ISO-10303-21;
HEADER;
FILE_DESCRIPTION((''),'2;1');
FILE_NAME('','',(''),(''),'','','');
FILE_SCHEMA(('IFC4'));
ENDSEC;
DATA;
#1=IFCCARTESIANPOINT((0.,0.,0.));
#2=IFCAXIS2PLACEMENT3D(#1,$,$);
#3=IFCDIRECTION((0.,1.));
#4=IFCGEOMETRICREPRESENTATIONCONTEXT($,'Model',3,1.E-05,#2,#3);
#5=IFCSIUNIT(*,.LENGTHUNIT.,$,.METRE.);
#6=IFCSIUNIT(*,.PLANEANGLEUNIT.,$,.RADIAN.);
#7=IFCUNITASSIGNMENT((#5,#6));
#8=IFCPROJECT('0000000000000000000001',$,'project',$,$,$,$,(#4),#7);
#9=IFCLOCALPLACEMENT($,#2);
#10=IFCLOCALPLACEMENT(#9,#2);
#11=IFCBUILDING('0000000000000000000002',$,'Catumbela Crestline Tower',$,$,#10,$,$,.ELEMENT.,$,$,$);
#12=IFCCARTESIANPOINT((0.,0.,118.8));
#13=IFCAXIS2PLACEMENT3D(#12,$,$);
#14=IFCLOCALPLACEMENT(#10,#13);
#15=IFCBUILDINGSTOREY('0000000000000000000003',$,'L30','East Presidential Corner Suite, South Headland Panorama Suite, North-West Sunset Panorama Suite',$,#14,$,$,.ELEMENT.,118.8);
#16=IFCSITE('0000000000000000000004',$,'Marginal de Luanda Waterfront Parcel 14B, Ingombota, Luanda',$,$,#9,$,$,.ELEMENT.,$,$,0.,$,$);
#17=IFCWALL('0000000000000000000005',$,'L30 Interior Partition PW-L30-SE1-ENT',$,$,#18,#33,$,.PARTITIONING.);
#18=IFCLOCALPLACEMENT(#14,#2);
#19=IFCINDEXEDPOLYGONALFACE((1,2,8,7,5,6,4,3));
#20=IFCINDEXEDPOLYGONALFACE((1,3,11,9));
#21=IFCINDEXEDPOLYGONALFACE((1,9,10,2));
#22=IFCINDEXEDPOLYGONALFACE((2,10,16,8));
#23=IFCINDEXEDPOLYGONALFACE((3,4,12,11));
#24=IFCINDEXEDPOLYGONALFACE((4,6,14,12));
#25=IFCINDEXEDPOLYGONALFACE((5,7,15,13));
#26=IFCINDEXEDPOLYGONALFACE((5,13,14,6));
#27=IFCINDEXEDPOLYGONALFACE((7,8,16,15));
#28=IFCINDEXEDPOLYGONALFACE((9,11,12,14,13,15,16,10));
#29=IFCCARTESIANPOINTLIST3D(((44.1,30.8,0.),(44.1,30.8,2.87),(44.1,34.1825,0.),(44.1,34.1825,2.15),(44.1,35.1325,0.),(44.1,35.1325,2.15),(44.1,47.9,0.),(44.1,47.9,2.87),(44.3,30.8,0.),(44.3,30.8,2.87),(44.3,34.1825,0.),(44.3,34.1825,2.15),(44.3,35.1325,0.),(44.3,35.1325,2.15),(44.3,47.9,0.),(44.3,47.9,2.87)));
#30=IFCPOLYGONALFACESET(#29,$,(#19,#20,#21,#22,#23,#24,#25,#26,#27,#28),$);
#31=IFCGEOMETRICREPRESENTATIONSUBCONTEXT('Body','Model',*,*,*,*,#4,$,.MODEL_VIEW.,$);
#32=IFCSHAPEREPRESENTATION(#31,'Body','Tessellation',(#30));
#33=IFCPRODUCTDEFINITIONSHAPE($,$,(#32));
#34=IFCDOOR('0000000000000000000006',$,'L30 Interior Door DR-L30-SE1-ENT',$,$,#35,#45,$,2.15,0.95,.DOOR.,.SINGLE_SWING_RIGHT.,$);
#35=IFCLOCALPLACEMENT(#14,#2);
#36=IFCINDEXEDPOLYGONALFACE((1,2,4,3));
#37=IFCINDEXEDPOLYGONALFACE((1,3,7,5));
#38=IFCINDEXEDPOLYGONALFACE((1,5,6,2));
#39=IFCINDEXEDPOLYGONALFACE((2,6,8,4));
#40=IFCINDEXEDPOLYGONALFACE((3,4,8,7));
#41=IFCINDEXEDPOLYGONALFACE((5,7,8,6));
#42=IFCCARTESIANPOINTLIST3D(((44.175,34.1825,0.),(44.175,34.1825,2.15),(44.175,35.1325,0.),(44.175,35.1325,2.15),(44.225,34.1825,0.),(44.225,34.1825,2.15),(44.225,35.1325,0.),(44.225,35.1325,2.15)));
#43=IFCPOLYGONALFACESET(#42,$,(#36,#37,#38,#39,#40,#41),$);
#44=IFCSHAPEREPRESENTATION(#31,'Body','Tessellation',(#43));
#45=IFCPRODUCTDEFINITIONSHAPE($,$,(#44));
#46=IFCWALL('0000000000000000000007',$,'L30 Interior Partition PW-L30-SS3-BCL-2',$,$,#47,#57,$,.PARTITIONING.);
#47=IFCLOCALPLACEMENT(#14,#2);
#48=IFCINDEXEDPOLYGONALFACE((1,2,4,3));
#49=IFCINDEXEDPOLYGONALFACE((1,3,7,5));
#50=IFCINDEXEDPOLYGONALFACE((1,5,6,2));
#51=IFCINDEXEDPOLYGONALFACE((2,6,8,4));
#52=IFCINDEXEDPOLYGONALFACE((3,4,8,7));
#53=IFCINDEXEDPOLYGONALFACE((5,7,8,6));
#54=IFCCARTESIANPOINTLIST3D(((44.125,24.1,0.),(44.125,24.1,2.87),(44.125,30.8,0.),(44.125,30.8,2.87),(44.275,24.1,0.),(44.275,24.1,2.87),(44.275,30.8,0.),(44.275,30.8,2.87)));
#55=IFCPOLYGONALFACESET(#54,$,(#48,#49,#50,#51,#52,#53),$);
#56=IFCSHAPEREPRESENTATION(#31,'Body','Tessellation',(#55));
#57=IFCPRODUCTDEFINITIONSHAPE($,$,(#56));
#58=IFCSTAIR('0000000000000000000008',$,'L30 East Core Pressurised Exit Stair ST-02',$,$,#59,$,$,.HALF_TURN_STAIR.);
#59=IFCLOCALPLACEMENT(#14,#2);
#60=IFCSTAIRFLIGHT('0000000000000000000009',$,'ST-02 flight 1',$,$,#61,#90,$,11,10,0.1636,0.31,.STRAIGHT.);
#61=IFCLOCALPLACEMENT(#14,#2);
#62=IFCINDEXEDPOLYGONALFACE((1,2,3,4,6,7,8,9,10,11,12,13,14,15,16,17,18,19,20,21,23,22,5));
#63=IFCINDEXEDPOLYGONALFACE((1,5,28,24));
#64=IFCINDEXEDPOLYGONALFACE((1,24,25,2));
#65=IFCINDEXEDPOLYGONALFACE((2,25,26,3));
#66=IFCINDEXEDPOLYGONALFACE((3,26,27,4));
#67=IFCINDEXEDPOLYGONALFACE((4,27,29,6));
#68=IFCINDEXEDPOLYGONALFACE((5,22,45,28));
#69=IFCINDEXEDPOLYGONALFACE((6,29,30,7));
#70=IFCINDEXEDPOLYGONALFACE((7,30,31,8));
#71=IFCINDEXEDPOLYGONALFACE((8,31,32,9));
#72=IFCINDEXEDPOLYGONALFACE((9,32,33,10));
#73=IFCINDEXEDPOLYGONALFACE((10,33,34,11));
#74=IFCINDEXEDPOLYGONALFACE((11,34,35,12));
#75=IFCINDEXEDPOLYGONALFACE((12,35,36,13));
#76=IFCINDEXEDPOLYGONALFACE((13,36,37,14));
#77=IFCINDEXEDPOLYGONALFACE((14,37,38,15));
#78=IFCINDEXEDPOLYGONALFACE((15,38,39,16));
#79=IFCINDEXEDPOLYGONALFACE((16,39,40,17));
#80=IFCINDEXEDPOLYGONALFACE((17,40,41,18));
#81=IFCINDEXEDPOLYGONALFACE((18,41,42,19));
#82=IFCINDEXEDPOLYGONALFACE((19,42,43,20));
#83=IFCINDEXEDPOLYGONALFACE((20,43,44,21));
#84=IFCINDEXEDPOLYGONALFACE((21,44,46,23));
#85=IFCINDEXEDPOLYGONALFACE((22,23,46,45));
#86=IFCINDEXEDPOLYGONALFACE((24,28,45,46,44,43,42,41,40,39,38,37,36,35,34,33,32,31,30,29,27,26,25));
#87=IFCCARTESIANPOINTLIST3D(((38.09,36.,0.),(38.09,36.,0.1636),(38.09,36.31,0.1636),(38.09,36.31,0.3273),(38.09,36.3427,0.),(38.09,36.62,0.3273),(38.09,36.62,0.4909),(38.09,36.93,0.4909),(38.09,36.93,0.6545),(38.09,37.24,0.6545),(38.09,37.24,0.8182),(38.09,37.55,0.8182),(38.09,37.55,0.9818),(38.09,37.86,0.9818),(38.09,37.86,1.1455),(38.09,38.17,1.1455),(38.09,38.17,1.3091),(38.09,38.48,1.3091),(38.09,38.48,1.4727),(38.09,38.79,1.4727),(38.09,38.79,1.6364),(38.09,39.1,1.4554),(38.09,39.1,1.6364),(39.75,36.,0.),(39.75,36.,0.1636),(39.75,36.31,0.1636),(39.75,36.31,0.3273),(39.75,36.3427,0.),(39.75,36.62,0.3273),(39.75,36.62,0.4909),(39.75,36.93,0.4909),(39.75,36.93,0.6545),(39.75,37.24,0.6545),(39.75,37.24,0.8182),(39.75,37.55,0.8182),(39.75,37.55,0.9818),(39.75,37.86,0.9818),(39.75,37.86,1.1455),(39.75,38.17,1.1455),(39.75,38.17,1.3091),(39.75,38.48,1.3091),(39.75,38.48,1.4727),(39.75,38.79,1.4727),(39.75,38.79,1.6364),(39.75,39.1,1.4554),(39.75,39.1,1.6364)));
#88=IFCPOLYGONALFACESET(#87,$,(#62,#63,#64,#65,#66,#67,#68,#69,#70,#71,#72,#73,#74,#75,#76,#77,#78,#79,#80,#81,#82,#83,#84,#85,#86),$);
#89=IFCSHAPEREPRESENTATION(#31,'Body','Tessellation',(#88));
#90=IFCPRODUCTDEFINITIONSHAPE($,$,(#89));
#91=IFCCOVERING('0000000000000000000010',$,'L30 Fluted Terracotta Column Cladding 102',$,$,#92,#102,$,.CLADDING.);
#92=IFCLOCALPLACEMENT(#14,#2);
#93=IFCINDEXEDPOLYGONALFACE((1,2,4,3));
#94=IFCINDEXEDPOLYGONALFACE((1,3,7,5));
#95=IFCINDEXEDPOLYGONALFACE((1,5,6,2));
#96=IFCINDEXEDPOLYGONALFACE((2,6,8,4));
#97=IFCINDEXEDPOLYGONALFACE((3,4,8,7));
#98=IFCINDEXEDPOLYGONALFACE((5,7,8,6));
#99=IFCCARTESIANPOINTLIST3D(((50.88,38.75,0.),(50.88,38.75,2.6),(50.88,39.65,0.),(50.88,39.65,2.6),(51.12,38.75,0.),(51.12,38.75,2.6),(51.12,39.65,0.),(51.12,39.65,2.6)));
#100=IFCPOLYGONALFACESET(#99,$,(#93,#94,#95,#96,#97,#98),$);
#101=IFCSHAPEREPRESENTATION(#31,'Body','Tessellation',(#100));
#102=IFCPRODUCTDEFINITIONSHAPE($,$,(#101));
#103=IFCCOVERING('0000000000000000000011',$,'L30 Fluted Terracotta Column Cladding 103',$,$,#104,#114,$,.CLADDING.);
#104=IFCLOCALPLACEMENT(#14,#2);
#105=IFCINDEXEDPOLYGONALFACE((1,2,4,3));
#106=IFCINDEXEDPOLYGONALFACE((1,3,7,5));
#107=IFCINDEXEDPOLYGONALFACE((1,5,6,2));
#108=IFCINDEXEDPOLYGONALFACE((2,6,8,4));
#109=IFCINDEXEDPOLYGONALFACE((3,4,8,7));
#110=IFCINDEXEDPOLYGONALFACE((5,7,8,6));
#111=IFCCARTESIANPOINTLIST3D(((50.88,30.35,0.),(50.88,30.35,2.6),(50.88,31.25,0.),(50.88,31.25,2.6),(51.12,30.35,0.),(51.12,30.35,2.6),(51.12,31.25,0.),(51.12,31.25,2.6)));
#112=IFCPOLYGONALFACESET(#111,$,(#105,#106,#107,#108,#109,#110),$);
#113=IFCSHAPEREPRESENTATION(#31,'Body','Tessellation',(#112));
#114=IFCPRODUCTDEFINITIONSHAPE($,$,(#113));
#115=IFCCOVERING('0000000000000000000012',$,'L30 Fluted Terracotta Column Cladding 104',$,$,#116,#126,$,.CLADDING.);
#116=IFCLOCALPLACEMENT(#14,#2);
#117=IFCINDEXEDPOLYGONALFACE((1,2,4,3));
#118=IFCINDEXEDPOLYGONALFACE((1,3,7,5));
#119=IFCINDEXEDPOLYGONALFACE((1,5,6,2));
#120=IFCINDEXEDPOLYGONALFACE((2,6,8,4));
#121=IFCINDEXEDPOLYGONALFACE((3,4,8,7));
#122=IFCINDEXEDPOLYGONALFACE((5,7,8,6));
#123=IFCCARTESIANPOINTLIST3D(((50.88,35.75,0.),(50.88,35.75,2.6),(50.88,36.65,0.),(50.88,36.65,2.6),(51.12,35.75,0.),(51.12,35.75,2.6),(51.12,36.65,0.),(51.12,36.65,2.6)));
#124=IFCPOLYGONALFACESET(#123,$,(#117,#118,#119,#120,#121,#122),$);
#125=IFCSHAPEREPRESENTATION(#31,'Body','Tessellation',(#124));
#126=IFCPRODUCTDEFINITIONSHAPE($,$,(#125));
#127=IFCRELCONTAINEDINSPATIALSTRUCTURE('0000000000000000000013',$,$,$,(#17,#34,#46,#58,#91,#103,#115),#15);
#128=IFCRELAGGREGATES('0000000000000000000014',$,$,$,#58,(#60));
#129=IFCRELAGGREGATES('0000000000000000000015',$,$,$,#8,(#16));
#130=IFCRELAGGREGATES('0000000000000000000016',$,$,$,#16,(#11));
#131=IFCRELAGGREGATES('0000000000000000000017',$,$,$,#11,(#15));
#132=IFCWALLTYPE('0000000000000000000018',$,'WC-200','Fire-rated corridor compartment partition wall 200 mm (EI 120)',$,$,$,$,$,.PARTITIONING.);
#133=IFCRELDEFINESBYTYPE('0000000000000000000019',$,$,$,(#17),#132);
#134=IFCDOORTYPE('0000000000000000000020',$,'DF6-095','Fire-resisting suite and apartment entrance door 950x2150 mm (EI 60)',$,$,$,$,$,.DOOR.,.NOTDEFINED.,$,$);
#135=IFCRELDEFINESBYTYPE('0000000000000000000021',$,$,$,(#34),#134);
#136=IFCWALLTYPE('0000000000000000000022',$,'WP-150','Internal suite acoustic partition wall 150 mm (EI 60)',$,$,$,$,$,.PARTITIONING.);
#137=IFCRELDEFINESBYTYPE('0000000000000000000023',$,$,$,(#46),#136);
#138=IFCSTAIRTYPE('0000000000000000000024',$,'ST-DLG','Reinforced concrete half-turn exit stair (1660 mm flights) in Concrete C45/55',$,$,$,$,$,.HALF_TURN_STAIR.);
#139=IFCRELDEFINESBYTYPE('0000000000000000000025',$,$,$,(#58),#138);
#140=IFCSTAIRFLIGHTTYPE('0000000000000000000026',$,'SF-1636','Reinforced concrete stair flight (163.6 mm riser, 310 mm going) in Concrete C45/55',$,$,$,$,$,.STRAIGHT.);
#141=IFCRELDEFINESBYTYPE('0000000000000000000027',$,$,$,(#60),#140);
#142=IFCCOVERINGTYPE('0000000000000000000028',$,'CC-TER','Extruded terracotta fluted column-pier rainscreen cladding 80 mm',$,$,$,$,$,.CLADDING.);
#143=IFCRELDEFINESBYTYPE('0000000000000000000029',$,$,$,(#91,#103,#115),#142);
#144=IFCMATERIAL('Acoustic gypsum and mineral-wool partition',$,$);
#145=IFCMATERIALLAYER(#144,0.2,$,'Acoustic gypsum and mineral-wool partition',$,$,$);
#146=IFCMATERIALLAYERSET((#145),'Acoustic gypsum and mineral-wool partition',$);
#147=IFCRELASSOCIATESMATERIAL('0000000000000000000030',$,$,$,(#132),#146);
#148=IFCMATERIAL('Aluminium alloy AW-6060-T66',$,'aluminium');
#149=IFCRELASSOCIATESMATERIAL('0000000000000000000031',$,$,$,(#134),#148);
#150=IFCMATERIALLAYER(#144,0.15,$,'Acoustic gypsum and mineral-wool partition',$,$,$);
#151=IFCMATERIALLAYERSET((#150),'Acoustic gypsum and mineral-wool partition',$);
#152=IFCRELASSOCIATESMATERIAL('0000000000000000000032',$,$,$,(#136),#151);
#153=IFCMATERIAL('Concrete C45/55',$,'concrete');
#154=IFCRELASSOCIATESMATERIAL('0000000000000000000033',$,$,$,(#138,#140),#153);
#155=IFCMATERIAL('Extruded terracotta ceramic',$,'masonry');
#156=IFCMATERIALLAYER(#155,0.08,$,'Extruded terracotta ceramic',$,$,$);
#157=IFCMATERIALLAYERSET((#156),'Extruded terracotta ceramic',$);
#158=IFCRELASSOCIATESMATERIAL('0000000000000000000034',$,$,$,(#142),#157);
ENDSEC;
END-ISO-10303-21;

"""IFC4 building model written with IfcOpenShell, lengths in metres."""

from ifc_helpers import new_model, si_unit, direction, frame, frame_2d, origin, origin_2d, place, context, subcontext, project, spatial, polyline, rectangle, outline, extrude, material, layer, layer_set, type_object, element, fill, aggregate, save


model = new_model("IFC4")

# Units and contexts
model_context = context("Model", 3, precision=1e-05, world=origin(), true_north=direction((0.0, 1.0)))
body_context = subcontext(model_context, "Body", "Model", "MODEL_VIEW")
ifc_project = project(units=[si_unit("LENGTHUNIT", "METRE"), si_unit("PLANEANGLEUNIT", "RADIAN")], contexts=[model_context])

# Site, building, storey
site_placement = place(None, origin())
site = spatial("IfcSite", under=ifc_project, at=site_placement, Name="Marginal de Luanda Waterfront Parcel 14B, Ingombota, Luanda", CompositionType="ELEMENT", RefElevation=0.0)
building_placement = place(site_placement, origin())
building = spatial("IfcBuilding", under=site, at=building_placement, Name="Catumbela Crestline Tower", CompositionType="ELEMENT")
storey_placement = place(building_placement, frame((0.0, 0.0, 118.8)))
storey = spatial("IfcBuildingStorey", under=building, at=storey_placement, Name="L30", Description="East Presidential Corner Suite, South Headland Panorama Suite, North-West Sunset Panorama Suite", CompositionType="ELEMENT", Elevation=118.8)

# Shared definitions
ifc_material_1 = material(Name="Aluminium alloy AW-6060-T66", Category="aluminium")

# Wall, opening, door
ifc_material_2 = material(Name="Acoustic gypsum and mineral-wool partition")
ifc_layer_1 = layer(ifc_material_2, 0.2, Name="Acoustic gypsum and mineral-wool partition")
ifc_layer_set_1 = layer_set([ifc_layer_1], Name="Acoustic gypsum and mineral-wool partition")
wall_type_1 = type_object("IfcWallType", Name="WC-200", Description="Fire-rated corridor compartment partition wall 200 mm (EI 120)", PredefinedType="PARTITIONING", material=ifc_layer_set_1)
wall_1_placement = place(storey_placement, frame((44.2, 30.8, 0.0), z_axis=(0.0, 0.0, 1.0), x_axis=(0.0, 1.0, 0.0)))
wall_1 = element("IfcWall", 1, at=wall_1_placement, inside=storey, type_object=wall_type_1, Name="L30 Interior Partition PW-L30-SE1-ENT", PredefinedType="PARTITIONING", context=body_context, shape_type="SweptSolid", body=[
    extrude(rectangle(XDim=17.1, YDim=0.2, at=frame_2d((8.55, 0.0))), origin(), (0.0, 0.0, 1.0), 2.87),
])
opening_placement = place(wall_1_placement, frame((3.3825, 0.0, 0.0)))
opening = element("IfcOpeningElement", 2, at=opening_placement, cuts=wall_1, PredefinedType="OPENING", context=body_context, shape_type="SweptSolid", body=[
    extrude(rectangle(XDim=0.95, YDim=2.15, at=frame_2d((0.475, 1.075))), frame((0.0, 0.11, 0.0), z_axis=(0.0, -1.0, 0.0), x_axis=(1.0, 0.0, 0.0)), (0.0, 0.0, 1.0), 0.22),
])
door_type = type_object("IfcDoorType", Name="DF6-095", Description="Fire-resisting suite and apartment entrance door 950x2150 mm (EI 60)", OperationType="NOTDEFINED", PredefinedType="DOOR", material=ifc_material_1)
door_placement = place(opening_placement, origin())
door = element("IfcDoor", 3, at=door_placement, inside=storey, type_object=door_type, Name="L30 Interior Door DR-L30-SE1-ENT", OperationType="SINGLE_SWING_RIGHT", OverallHeight=2.15, OverallWidth=0.95, PredefinedType="DOOR", context=body_context, shape_type="SweptSolid", body=[
    extrude(rectangle(XDim=0.95, YDim=2.15, at=frame_2d((0.475, 1.075))), frame((0.0, 0.025, 0.0), z_axis=(0.0, -1.0, 0.0), x_axis=(1.0, 0.0, 0.0)), (0.0, 0.0, 1.0), 0.05),
])
fill(opening, door)

# Wall
ifc_layer_2 = layer(ifc_material_2, 0.15, Name="Acoustic gypsum and mineral-wool partition")
ifc_layer_set_2 = layer_set([ifc_layer_2], Name="Acoustic gypsum and mineral-wool partition")
wall_type_2 = type_object("IfcWallType", Name="WP-150", Description="Internal suite acoustic partition wall 150 mm (EI 60)", PredefinedType="PARTITIONING", material=ifc_layer_set_2)
wall_2_placement = place(storey_placement, frame((44.2, 30.8, 0.0), z_axis=(0.0, 0.0, 1.0), x_axis=(0.0, -1.0, 0.0)))
element("IfcWall", 4, at=wall_2_placement, inside=storey, type_object=wall_type_2, Name="L30 Interior Partition PW-L30-SS3-BCL-2", PredefinedType="PARTITIONING", context=body_context, shape_type="SweptSolid", body=[
    extrude(rectangle(XDim=6.7, YDim=0.15, at=frame_2d((3.35, 0.0))), origin(), (0.0, 0.0, 1.0), 2.87),
])

# Stair, stair flight
ifc_material_3 = material(Name="Concrete C45/55", Category="concrete")
stair_type = type_object("IfcStairType", Name="ST-DLG", Description="Reinforced concrete half-turn exit stair (1660 mm flights) in Concrete C45/55", PredefinedType="HALF_TURN_STAIR", material=ifc_material_3)
stair_placement = place(storey_placement, origin())
stair = element("IfcStair", 5, at=stair_placement, inside=storey, type_object=stair_type, Name="L30 East Core Pressurised Exit Stair ST-02", PredefinedType="HALF_TURN_STAIR")
stair_flight_type = type_object("IfcStairFlightType", Name="SF-1636", Description="Reinforced concrete stair flight (163.6 mm riser, 310 mm going) in Concrete C45/55", PredefinedType="STRAIGHT", material=ifc_material_3)
stair_flight_placement = place(storey_placement, frame((38.92, 36.0, 0.0), z_axis=(0.0, 0.0, 1.0), x_axis=(0.0, 1.0, 0.0)))
stair_flight = element("IfcStairFlight", 6, at=stair_flight_placement, type_object=stair_flight_type, Name="ST-02 flight 1", NumberOfRisers=11, NumberOfTreads=10, PredefinedType="STRAIGHT", RiserHeight=0.1636, TreadLength=0.31, context=body_context, shape_type="SweptSolid", body=[
    extrude(outline(polyline([(0.0, 0.0), (0.0, 0.1636), (0.31, 0.1636), (0.31, 0.3273), (0.62, 0.3273), (0.62, 0.4909), (0.93, 0.4909), (0.93, 0.6545), (1.24, 0.6545), (1.24, 0.8182), (1.55, 0.8182), (1.55, 0.9818), (1.86, 0.9818), (1.86, 1.1455), (2.17, 1.1455), (2.17, 1.3091), (2.48, 1.3091), (2.48, 1.4727), (2.79, 1.4727), (2.79, 1.6364), (3.1, 1.6364), (3.1, 1.8), (3.1, 1.4554), (0.3427, 0.0), (0.0, 0.0)])), frame((0.0, 0.83, 0.0), z_axis=(0.0, -1.0, 0.0), x_axis=(1.0, 0.0, 0.0)), (0.0, 0.0, 1.0), 1.66),
])
aggregate(stair, [stair_flight])

# Coverings
ifc_material_4 = material(Name="Extruded terracotta ceramic", Category="masonry")
ifc_layer_3 = layer(ifc_material_4, 0.08, Name="Extruded terracotta ceramic")
ifc_layer_set_3 = layer_set([ifc_layer_3], Name="Extruded terracotta ceramic")
covering_type = type_object("IfcCoveringType", Name="CC-TER", Description="Extruded terracotta fluted column-pier rainscreen cladding 80 mm", PredefinedType="CLADDING", material=ifc_layer_set_3)
for number, where, z_axis, x_axis, name in (
    (7, (51.0, 39.2, 0.0), (0.0, 0.0, 1.0), (0.0, 1.0, 0.0), "L30 Fluted Terracotta Column Cladding 102"),
    (8, (51.0, 30.8, 0.0), (0.0, 0.0, 1.0), (0.0, 1.0, 0.0), "L30 Fluted Terracotta Column Cladding 103"),
    (9, (51.0, 36.2, 0.0), (0.0, 0.0, 1.0), (0.0, 1.0, 0.0), "L30 Fluted Terracotta Column Cladding 104"),
):
    element("IfcCovering", number, at=place(storey_placement, frame(where, z_axis=z_axis, x_axis=x_axis)), inside=storey, type_object=covering_type, Name=name, PredefinedType="CLADDING", context=body_context, shape_type="SweptSolid", body=[
        extrude(rectangle(XDim=0.9, YDim=0.24, at=origin_2d()), origin(), (0.0, 0.0, 1.0), 2.6),
    ])

save(model, "model.ifc")
